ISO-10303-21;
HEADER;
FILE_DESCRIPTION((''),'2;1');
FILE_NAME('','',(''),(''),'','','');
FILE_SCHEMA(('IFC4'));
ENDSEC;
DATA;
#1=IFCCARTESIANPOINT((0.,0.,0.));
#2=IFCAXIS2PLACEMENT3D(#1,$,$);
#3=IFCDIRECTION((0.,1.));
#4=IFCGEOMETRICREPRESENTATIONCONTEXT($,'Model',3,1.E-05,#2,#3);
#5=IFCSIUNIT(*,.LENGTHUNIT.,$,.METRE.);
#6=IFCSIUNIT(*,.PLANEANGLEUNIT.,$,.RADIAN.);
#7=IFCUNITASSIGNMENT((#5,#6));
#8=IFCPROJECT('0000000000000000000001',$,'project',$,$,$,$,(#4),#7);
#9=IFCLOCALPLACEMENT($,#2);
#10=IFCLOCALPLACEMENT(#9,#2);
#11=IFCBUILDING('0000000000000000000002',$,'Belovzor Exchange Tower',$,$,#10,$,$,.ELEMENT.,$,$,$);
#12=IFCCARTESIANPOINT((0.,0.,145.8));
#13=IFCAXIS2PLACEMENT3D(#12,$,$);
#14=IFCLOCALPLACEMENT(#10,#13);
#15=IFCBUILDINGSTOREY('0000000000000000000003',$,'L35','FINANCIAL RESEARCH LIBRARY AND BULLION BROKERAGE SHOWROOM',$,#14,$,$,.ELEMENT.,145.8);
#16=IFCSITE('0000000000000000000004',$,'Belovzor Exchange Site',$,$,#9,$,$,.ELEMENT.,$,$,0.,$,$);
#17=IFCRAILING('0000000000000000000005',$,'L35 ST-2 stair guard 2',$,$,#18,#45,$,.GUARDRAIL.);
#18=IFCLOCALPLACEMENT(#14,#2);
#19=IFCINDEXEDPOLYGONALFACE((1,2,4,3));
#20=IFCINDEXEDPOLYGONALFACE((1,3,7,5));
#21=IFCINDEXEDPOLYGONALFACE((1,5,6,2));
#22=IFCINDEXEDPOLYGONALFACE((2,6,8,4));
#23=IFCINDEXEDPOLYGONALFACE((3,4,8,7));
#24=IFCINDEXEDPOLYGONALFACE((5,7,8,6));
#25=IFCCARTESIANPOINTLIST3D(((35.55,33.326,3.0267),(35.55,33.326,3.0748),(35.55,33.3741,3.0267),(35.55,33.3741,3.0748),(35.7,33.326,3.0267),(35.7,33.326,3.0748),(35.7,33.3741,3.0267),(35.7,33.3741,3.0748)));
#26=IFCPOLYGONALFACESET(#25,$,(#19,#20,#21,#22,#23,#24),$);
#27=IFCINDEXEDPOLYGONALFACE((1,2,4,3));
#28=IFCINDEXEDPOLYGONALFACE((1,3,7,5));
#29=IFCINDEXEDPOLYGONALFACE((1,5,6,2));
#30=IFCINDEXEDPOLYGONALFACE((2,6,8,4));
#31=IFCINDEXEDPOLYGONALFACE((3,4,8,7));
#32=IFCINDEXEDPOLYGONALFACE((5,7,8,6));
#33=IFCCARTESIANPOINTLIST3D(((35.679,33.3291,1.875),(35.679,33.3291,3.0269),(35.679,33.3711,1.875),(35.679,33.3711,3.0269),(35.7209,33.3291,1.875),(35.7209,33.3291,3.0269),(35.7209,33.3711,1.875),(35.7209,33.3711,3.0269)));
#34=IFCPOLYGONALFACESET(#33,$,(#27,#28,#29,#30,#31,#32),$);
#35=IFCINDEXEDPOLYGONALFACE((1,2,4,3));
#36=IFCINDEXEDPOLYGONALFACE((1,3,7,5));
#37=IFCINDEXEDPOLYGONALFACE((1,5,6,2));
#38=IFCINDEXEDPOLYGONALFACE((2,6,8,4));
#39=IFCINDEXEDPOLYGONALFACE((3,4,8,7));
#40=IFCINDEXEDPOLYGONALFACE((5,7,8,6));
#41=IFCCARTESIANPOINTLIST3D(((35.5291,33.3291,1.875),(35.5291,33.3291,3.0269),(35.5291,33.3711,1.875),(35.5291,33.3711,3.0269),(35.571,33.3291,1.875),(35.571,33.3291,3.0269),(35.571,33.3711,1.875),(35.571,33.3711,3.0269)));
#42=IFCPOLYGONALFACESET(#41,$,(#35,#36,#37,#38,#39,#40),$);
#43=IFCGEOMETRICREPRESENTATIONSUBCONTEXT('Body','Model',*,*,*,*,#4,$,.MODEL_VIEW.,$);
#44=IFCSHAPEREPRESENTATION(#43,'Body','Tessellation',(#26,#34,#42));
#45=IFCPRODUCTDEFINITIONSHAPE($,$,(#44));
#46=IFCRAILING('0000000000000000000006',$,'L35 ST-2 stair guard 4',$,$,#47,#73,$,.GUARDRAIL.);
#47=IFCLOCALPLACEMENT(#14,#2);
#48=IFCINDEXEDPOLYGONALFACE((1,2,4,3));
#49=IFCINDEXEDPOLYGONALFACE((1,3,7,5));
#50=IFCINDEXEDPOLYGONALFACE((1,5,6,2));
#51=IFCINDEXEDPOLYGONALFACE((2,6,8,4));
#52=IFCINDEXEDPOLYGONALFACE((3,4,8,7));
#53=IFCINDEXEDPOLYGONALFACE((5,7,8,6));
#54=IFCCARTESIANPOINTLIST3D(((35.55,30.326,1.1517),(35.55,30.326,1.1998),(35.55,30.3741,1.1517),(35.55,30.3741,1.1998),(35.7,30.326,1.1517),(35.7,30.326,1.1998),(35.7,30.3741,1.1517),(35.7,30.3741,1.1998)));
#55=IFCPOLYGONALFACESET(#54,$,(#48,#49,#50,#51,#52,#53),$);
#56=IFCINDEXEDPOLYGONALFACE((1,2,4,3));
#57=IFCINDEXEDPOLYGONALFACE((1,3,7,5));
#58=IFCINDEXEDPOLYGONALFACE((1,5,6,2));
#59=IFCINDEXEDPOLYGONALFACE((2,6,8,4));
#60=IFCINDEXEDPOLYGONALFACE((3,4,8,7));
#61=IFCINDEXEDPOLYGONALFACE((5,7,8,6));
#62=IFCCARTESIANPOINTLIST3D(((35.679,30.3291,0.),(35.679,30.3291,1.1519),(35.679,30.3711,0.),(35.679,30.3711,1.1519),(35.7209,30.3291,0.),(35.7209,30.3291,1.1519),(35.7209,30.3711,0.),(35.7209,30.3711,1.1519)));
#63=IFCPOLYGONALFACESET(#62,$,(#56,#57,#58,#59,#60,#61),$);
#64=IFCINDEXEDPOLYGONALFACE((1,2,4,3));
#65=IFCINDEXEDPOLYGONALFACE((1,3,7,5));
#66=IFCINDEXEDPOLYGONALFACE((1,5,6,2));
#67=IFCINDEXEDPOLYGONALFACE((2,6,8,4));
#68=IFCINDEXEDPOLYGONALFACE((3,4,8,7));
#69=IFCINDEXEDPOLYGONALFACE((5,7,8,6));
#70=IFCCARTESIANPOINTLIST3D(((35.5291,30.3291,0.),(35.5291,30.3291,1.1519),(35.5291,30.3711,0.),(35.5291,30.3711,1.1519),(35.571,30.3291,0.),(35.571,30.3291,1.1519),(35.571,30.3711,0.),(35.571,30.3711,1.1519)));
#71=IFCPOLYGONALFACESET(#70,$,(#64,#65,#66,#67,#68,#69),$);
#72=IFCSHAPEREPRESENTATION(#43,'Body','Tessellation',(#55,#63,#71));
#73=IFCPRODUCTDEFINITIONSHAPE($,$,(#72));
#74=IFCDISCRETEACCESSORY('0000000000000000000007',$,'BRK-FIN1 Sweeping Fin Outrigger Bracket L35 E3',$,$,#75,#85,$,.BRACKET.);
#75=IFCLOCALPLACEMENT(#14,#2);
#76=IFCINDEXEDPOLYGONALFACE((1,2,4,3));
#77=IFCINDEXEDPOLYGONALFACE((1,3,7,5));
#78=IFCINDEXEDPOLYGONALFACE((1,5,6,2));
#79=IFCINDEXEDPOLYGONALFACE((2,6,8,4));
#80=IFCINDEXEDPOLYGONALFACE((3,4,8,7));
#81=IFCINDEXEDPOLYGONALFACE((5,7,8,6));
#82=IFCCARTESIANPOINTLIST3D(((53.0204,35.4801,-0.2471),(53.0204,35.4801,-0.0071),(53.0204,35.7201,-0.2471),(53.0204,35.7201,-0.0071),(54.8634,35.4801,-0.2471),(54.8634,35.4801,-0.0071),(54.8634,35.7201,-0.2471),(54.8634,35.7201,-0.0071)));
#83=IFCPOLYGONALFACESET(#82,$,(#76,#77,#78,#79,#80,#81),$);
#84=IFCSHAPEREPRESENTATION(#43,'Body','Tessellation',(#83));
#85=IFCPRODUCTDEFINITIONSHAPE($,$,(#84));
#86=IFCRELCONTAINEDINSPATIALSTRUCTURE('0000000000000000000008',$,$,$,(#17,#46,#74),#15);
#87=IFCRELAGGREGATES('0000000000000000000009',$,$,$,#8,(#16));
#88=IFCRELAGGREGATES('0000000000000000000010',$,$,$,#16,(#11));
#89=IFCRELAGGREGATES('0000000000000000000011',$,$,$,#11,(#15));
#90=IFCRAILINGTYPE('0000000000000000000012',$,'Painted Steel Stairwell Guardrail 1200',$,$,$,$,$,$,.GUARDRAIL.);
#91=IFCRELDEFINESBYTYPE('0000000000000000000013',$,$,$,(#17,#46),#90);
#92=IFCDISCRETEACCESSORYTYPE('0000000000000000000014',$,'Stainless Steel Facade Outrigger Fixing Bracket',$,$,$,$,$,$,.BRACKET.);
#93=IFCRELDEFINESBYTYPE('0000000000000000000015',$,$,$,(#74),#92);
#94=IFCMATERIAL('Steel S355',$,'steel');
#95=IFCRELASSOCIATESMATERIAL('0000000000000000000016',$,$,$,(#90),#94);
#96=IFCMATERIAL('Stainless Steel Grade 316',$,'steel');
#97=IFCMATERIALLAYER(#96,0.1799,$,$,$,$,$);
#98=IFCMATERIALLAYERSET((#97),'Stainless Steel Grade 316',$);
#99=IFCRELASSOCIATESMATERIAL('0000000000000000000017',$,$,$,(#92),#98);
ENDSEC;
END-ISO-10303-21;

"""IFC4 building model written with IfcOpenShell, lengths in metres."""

from ifc_helpers import new_model, si_unit, direction, frame, origin, origin_2d, place, context, subcontext, project, spatial, rectangle, extrude, material, layer, layer_set, type_object, element, save


model = new_model("IFC4")

# Units and contexts
model_context = context("Model", 3, precision=1e-05, world=origin(), true_north=direction((0.0, 1.0)))
body_context = subcontext(model_context, "Body", "Model", "MODEL_VIEW")
ifc_project = project(units=[si_unit("LENGTHUNIT", "METRE"), si_unit("PLANEANGLEUNIT", "RADIAN")], contexts=[model_context])

# Site, building, storey
site_placement = place(None, origin())
site = spatial("IfcSite", under=ifc_project, at=site_placement, Name="Belovzor Exchange Site", CompositionType="ELEMENT", RefElevation=0.0)
building_placement = place(site_placement, origin())
building = spatial("IfcBuilding", under=site, at=building_placement, Name="Belovzor Exchange Tower", CompositionType="ELEMENT")
storey_placement = place(building_placement, frame((0.0, 0.0, 145.8)))
storey = spatial("IfcBuildingStorey", under=building, at=storey_placement, Name="L35", Description="FINANCIAL RESEARCH LIBRARY AND BULLION BROKERAGE SHOWROOM", CompositionType="ELEMENT", Elevation=145.8)

# Railings
ifc_material_1 = material(Name="Steel S355", Category="steel")
railing_type_1 = type_object("IfcRailingType", Name="Painted Steel Stairwell Guardrail 1200", PredefinedType="GUARDRAIL", material=ifc_material_1)
for number, where, name in (
    (1, (35.7, 33.3501, 1.875), "L35 ST-2 stair guard 2"),
    (2, (35.7, 30.3501, 0.0), "L35 ST-2 stair guard 4"),
):
    element("IfcRailing", number, at=place(storey_placement, frame(where)), inside=storey, type_object=railing_type_1, Name=name, PredefinedType="GUARDRAIL", context=body_context, shape_type="SweptSolid", body=[
        extrude(rectangle(XDim=0.0481, YDim=0.0481, at=origin_2d()), frame((0.0, 0.0, 1.1758), z_axis=(-1.0, 0.0, 0.0), x_axis=(0.0, -1.0, 0.0)), (0.0, 0.0, 1.0), 0.1499),
        extrude(rectangle(XDim=0.042, YDim=0.042, at=origin_2d()), origin(), (0.0, 0.0, 1.0), 1.1519),
        extrude(rectangle(XDim=0.042, YDim=0.042, at=origin_2d()), frame((-0.1499, 0.0, 0.0)), (0.0, 0.0, 1.0), 1.1519),
    ])

# Discrete accessory
ifc_material_2 = material(Name="Stainless Steel Grade 316", Category="steel")
ifc_layer_1 = layer(ifc_material_2, 0.1799)
ifc_layer_set_1 = layer_set([ifc_layer_1], Name="Stainless Steel Grade 316")
discrete_accessory_type = type_object("IfcDiscreteAccessoryType", Name="Stainless Steel Facade Outrigger Fixing Bracket", PredefinedType="BRACKET", material=ifc_layer_set_1)
discrete_accessory_placement = place(storey_placement, frame((53.9419, 35.6001, -0.2471), z_axis=(0.0, 0.0, 1.0), x_axis=(1.0, 0.0, 0.0)))
element("IfcDiscreteAccessory", 3, at=discrete_accessory_placement, inside=storey, type_object=discrete_accessory_type, Name="BRK-FIN1 Sweeping Fin Outrigger Bracket L35 E3", PredefinedType="BRACKET", context=body_context, shape_type="SweptSolid", body=[
    extrude(rectangle(XDim=1.843, YDim=0.24, at=origin_2d()), origin(), (0.0, 0.0, 1.0), 0.24),
])

save(model, "model.ifc")
